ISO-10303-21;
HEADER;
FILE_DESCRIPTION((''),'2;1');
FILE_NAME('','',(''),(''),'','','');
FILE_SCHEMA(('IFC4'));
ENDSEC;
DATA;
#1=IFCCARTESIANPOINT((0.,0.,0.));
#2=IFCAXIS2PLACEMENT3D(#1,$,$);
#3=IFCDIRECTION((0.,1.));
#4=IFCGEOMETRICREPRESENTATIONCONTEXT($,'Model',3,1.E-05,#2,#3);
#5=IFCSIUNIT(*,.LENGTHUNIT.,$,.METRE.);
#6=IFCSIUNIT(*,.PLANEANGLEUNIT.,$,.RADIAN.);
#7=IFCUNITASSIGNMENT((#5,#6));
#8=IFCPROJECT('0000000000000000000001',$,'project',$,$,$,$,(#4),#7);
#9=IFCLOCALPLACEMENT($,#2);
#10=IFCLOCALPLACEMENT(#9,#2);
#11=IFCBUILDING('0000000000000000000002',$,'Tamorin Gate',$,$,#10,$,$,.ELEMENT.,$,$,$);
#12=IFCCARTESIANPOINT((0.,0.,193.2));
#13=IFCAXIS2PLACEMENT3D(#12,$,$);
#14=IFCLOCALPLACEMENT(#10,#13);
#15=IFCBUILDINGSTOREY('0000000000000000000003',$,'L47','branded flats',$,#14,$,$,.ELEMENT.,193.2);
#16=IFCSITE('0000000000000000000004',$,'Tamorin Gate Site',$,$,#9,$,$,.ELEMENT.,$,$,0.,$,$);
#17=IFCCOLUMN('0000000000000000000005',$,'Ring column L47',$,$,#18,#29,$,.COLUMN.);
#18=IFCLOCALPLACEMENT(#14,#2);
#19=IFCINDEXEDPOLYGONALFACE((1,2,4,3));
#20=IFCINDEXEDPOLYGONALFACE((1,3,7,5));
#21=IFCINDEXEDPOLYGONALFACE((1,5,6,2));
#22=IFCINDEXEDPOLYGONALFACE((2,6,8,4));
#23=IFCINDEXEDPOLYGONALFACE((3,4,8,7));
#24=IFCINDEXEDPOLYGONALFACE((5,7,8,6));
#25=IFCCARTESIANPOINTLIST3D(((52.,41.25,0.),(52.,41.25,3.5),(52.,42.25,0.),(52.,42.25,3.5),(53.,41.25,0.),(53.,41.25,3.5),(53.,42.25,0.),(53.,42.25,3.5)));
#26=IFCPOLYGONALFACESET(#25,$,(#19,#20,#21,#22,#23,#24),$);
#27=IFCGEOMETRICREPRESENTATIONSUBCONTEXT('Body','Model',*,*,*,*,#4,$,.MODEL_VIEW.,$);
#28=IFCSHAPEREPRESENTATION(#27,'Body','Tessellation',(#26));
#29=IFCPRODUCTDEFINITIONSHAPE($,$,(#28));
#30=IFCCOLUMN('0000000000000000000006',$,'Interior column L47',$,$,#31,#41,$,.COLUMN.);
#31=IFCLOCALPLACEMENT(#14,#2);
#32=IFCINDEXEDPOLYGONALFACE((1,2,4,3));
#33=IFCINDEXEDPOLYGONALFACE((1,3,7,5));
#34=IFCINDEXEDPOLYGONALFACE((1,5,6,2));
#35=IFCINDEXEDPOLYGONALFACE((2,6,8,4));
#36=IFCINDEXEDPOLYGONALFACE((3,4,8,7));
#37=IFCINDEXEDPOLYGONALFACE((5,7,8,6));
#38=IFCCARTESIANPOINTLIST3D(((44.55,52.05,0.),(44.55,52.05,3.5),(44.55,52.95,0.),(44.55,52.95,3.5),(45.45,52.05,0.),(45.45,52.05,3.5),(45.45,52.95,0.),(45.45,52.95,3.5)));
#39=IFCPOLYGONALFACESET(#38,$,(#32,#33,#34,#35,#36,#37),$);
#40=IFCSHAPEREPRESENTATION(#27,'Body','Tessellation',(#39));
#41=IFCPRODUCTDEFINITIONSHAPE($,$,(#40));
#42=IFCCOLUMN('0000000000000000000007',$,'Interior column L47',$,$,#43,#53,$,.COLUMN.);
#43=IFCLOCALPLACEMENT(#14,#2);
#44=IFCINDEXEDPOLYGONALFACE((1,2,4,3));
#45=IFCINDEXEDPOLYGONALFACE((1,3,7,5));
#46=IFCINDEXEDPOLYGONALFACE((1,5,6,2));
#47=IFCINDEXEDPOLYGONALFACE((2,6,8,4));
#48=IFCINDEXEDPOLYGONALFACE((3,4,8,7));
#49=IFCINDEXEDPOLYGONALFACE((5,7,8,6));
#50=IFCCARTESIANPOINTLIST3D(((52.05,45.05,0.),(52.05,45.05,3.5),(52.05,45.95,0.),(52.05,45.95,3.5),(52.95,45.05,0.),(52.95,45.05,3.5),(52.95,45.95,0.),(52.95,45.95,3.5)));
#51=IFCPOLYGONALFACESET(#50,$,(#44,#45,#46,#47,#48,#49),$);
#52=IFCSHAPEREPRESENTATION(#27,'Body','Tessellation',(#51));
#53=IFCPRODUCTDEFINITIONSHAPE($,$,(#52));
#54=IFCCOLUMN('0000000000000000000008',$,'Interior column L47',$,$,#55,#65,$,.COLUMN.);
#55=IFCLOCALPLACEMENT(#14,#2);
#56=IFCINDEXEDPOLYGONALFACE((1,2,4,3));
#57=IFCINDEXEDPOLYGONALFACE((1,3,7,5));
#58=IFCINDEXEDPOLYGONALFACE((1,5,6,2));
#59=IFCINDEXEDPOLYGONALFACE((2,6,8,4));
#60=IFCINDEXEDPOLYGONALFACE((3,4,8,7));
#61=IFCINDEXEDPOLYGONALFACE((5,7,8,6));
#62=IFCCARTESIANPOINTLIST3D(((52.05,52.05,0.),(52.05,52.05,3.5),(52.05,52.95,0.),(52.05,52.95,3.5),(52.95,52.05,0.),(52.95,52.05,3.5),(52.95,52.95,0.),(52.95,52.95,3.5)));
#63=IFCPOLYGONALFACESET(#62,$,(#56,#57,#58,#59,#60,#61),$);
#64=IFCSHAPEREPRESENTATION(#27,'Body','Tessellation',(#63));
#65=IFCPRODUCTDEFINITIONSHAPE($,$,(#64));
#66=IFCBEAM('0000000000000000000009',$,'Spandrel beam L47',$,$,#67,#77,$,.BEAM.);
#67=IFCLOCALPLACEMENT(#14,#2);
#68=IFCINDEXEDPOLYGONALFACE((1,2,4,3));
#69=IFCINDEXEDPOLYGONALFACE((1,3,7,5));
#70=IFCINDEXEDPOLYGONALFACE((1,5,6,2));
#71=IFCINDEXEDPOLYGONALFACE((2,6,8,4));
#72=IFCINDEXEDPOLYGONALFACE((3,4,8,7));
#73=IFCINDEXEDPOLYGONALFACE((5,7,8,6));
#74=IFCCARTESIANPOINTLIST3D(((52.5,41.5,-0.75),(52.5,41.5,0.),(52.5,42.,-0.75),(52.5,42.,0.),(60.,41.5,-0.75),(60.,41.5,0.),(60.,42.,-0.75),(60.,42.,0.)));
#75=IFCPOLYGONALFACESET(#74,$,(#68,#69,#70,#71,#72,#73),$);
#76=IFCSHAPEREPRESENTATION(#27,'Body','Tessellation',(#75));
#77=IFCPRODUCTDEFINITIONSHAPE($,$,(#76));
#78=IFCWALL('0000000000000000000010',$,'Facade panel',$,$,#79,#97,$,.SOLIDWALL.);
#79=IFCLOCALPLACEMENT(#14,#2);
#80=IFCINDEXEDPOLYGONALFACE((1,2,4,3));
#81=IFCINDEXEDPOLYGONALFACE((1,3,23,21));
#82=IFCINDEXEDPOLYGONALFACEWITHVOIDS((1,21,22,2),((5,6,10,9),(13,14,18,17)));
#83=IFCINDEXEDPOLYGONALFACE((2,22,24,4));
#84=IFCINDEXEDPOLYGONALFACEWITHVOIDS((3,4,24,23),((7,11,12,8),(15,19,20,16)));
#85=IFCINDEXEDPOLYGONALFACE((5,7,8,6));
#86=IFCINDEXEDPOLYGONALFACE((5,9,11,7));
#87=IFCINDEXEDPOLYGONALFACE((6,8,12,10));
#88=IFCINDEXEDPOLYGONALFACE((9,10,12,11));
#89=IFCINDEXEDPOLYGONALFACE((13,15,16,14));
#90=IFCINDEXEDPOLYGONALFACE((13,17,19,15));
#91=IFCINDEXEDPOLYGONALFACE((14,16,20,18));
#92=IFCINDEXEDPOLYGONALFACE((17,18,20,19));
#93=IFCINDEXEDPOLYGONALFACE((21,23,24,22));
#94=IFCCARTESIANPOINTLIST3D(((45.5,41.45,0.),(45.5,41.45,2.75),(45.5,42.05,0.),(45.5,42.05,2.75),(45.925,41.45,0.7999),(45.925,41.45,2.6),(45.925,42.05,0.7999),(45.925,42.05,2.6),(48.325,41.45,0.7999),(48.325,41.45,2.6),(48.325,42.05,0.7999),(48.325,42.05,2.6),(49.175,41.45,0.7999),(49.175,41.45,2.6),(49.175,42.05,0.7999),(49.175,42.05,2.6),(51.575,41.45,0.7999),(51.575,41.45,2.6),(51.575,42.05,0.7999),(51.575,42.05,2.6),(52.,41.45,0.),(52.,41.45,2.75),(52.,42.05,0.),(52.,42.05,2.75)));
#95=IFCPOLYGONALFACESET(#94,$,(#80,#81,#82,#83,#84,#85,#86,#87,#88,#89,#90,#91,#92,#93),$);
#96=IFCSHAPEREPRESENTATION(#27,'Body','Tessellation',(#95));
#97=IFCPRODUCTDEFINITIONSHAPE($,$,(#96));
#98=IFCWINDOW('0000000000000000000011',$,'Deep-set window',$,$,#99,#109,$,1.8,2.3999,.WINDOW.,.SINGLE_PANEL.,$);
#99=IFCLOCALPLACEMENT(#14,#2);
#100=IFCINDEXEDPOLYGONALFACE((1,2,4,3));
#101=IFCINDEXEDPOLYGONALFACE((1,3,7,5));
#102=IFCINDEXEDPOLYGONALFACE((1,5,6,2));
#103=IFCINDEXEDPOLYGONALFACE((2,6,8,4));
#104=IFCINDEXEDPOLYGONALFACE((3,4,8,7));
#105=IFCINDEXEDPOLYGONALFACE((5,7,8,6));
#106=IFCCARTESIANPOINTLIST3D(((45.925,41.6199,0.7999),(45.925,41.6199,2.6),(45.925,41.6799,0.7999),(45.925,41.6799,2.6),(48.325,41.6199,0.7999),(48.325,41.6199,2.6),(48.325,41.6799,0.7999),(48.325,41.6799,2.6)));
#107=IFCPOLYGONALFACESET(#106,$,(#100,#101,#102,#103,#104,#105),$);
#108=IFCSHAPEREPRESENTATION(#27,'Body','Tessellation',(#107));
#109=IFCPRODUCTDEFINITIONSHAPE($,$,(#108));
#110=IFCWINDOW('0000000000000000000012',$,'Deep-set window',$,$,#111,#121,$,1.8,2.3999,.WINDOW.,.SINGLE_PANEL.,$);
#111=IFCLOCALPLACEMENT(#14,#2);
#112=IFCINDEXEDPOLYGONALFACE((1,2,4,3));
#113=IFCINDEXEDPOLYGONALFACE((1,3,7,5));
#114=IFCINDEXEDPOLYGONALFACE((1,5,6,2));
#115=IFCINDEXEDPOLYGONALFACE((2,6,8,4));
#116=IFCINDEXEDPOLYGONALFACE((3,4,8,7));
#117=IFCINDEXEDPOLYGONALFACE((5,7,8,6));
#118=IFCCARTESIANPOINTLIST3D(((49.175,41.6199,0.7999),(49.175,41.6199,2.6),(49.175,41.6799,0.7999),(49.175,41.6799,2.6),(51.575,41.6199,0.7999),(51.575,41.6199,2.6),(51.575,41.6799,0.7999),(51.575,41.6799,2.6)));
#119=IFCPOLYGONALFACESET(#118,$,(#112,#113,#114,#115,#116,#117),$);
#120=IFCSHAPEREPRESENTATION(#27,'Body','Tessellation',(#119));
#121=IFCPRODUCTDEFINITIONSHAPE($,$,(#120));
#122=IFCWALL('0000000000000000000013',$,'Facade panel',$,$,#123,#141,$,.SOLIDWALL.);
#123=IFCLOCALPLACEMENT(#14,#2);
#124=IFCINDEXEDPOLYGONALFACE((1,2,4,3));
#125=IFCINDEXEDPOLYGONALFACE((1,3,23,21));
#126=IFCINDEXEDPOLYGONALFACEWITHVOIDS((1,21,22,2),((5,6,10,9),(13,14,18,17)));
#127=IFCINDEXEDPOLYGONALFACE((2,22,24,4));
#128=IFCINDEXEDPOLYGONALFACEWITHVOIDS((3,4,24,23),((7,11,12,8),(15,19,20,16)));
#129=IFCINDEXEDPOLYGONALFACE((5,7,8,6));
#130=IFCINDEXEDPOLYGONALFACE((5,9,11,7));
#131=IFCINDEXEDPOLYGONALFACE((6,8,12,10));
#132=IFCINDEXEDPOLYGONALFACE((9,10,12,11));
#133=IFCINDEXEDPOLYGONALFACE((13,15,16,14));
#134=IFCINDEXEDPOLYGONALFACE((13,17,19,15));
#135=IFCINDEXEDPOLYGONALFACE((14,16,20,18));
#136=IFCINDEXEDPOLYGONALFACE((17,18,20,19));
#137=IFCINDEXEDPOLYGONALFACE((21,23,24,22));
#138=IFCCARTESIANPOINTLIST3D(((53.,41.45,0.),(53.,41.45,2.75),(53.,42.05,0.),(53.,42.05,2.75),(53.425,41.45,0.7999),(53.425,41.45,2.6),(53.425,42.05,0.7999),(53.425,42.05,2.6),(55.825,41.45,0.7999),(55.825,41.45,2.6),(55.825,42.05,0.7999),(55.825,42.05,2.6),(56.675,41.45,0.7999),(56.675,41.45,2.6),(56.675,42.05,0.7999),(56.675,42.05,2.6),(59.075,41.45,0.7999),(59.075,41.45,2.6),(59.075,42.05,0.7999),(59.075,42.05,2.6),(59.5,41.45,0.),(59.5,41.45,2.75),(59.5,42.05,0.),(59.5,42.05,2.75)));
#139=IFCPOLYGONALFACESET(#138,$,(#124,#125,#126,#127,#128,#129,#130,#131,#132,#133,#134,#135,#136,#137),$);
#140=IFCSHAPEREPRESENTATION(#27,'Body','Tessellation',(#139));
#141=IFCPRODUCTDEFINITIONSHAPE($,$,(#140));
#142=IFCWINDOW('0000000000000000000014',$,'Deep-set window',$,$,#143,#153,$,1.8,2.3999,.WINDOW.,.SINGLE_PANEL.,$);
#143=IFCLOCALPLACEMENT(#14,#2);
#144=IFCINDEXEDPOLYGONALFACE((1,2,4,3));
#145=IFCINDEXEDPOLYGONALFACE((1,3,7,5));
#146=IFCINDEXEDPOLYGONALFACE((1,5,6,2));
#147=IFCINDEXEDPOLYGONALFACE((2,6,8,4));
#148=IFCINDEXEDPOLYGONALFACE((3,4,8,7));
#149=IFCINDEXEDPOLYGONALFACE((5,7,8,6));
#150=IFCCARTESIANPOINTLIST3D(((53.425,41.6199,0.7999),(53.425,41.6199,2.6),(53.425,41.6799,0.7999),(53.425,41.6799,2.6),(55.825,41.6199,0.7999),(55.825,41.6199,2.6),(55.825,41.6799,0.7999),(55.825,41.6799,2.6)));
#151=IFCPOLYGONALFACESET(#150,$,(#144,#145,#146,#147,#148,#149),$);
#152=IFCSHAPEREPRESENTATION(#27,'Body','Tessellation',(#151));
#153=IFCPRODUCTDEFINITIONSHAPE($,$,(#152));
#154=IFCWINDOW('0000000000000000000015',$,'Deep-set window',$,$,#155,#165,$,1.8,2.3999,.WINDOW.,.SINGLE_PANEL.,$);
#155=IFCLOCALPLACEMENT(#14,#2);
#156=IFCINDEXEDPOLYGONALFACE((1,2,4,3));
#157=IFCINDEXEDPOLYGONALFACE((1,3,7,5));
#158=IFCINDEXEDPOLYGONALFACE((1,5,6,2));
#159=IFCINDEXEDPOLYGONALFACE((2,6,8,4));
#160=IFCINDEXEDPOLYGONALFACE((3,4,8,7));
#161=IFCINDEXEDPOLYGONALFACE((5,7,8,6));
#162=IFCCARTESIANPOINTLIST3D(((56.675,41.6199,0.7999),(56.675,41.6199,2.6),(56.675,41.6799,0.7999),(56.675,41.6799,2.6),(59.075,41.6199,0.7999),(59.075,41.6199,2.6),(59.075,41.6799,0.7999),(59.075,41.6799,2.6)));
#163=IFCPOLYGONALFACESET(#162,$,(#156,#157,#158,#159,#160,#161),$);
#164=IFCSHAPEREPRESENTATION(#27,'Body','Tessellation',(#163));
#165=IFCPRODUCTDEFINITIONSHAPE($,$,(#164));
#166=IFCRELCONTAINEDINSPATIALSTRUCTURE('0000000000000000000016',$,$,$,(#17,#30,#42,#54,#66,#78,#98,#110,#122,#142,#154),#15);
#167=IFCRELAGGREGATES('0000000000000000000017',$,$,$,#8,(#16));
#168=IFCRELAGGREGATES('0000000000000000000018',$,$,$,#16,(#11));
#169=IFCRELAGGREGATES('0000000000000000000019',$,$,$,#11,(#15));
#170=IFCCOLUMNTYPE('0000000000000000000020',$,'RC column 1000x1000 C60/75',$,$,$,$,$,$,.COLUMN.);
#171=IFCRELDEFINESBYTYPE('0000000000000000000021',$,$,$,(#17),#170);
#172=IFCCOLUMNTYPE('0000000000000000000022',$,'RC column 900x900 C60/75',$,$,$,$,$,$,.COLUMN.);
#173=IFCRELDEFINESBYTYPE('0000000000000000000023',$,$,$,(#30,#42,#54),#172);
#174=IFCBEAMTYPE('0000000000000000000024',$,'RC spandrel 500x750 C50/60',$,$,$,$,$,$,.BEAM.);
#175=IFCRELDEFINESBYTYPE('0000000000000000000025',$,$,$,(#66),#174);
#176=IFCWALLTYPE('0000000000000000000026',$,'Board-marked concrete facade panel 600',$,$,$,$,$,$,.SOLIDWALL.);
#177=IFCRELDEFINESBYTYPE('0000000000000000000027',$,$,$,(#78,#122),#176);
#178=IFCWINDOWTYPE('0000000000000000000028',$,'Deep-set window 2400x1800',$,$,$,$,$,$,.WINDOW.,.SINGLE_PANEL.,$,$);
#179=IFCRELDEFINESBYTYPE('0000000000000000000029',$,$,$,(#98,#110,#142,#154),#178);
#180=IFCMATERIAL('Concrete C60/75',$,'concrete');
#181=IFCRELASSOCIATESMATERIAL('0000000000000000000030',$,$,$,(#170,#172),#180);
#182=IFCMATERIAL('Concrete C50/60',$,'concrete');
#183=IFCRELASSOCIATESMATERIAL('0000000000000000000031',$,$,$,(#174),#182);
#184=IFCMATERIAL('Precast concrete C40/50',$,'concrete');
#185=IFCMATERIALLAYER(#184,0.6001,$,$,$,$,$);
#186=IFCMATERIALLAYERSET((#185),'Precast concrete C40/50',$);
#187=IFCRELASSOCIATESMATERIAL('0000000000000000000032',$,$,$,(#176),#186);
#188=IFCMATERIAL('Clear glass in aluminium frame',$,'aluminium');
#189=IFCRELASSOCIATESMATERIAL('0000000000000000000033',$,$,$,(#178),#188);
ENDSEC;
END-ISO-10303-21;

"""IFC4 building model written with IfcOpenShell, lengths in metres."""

from ifc_helpers import new_model, si_unit, direction, frame, frame_2d, origin, origin_2d, place, context, subcontext, project, spatial, rectangle, extrude, material, layer, layer_set, material_profile, profile_set, type_object, element, fill, save


model = new_model("IFC4")

# Units and contexts
model_context = context("Model", 3, precision=1e-05, world=origin(), true_north=direction((0.0, 1.0)))
body_context = subcontext(model_context, "Body", "Model", "MODEL_VIEW")
ifc_project = project(units=[si_unit("LENGTHUNIT", "METRE"), si_unit("PLANEANGLEUNIT", "RADIAN")], contexts=[model_context])

# Site, building, storey
site_placement = place(None, origin())
site = spatial("IfcSite", under=ifc_project, at=site_placement, Name="Tamorin Gate Site", CompositionType="ELEMENT", RefElevation=0.0)
building_placement = place(site_placement, origin())
building = spatial("IfcBuilding", under=site, at=building_placement, Name="Tamorin Gate", CompositionType="ELEMENT")
storey_placement = place(building_placement, frame((0.0, 0.0, 193.2)))
storey = spatial("IfcBuildingStorey", under=building, at=storey_placement, Name="L47", Description="branded flats", CompositionType="ELEMENT", Elevation=193.2)

# Columns
ifc_material_1 = material(Name="Concrete C60/75", Category="concrete")
ifc_material_profile_1 = material_profile(ifc_material_1, rectangle(XDim=1.0, YDim=1.0, at=origin_2d()), Name="RC 1000x1000")
ifc_profile_set_1 = profile_set([ifc_material_profile_1], Name="Concrete C60/75")
column_type_1 = type_object("IfcColumnType", Name="RC column 1000x1000 C60/75", PredefinedType="COLUMN", material=ifc_profile_set_1)
column_placement = place(storey_placement, frame((52.5, 41.75, 0.0), z_axis=(0.0, 0.0, 1.0), x_axis=(1.0, 0.0, 0.0)))
element("IfcColumn", 1, at=column_placement, inside=storey, type_object=column_type_1, Name="Ring column L47", PredefinedType="COLUMN", context=body_context, shape_type="SweptSolid", body=[
    extrude(rectangle(XDim=1.0, YDim=1.0, at=origin_2d()), origin(), (0.0, 0.0, 1.0), 3.5),
])
ifc_material_profile_2 = material_profile(ifc_material_1, rectangle(XDim=0.8999, YDim=0.8999, at=origin_2d()), Name="RC 900x900")
ifc_profile_set_2 = profile_set([ifc_material_profile_2], Name="Concrete C60/75")
column_type_2 = type_object("IfcColumnType", Name="RC column 900x900 C60/75", PredefinedType="COLUMN", material=ifc_profile_set_2)
for number, where, z_axis, x_axis, name in (
    (2, (45.0, 52.5, 0.0), (0.0, 0.0, 1.0), (1.0, 0.0, 0.0), "Interior column L47"),
    (3, (52.5, 45.5, 0.0), (0.0, 0.0, 1.0), (1.0, 0.0, 0.0), "Interior column L47"),
    (4, (52.5, 52.5, 0.0), (0.0, 0.0, 1.0), (1.0, 0.0, 0.0), "Interior column L47"),
):
    element("IfcColumn", number, at=place(storey_placement, frame(where, z_axis=z_axis, x_axis=x_axis)), inside=storey, type_object=column_type_2, Name=name, PredefinedType="COLUMN", context=body_context, shape_type="SweptSolid", body=[
        extrude(rectangle(XDim=0.8999, YDim=0.8999, at=origin_2d()), origin(), (0.0, 0.0, 1.0), 3.5),
    ])

# Beam
ifc_material_2 = material(Name="Concrete C50/60", Category="concrete")
ifc_material_profile_3 = material_profile(ifc_material_2, rectangle(XDim=0.5, YDim=0.75, at=origin_2d()), Name="RC 500x750")
ifc_profile_set_3 = profile_set([ifc_material_profile_3], Name="Concrete C50/60")
beam_type = type_object("IfcBeamType", Name="RC spandrel 500x750 C50/60", PredefinedType="BEAM", material=ifc_profile_set_3)
beam_placement = place(storey_placement, frame((52.5, 41.75, -0.375), z_axis=(1.0, 0.0, 0.0), x_axis=(0.0, 1.0, 0.0)))
element("IfcBeam", 5, at=beam_placement, inside=storey, type_object=beam_type, Name="Spandrel beam L47", PredefinedType="BEAM", context=body_context, shape_type="SweptSolid", body=[
    extrude(rectangle(XDim=0.5, YDim=0.75, at=origin_2d()), origin(), (0.0, 0.0, 1.0), 7.5),
])

# Walls, openings, windows
ifc_material_3 = material(Name="Precast concrete C40/50", Category="concrete")
ifc_layer_1 = layer(ifc_material_3, 0.6001)
ifc_layer_set_1 = layer_set([ifc_layer_1], Name="Precast concrete C40/50")
wall_type_1 = type_object("IfcWallType", Name="Board-marked concrete facade panel 600", PredefinedType="SOLIDWALL", material=ifc_layer_set_1)
wall_1_placement = place(storey_placement, frame((45.5, 41.75, 0.0), z_axis=(0.0, 0.0, 1.0), x_axis=(1.0, 0.0, 0.0)))
wall_1 = element("IfcWall", 6, at=wall_1_placement, inside=storey, type_object=wall_type_1, Name="Facade panel", PredefinedType="SOLIDWALL", context=body_context, shape_type="SweptSolid", body=[
    extrude(rectangle(XDim=6.5, YDim=0.6001, at=frame_2d((3.25, 0.0))), origin(), (0.0, 0.0, 1.0), 2.75),
])
opening_1_placement = place(wall_1_placement, frame((0.425, 0.0, 0.8)))
opening_1 = element("IfcOpeningElement", 7, at=opening_1_placement, cuts=wall_1, PredefinedType="OPENING", context=body_context, shape_type="SweptSolid", body=[
    extrude(rectangle(XDim=2.3999, YDim=1.8, at=frame_2d((1.2, 0.8999))), frame((0.0, 0.3101, 0.0), z_axis=(0.0, -1.0, 0.0), x_axis=(1.0, 0.0, 0.0)), (0.0, 0.0, 1.0), 0.6201),
])
opening_2_placement = place(wall_1_placement, frame((3.675, 0.0, 0.8)))
opening_2 = element("IfcOpeningElement", 8, at=opening_2_placement, cuts=wall_1, PredefinedType="OPENING", context=body_context, shape_type="SweptSolid", body=[
    extrude(rectangle(XDim=2.3999, YDim=1.8, at=frame_2d((1.2, 0.8999))), frame((0.0, 0.3101, 0.0), z_axis=(0.0, -1.0, 0.0), x_axis=(1.0, 0.0, 0.0)), (0.0, 0.0, 1.0), 0.6201),
])
ifc_material_4 = material(Name="Clear glass in aluminium frame", Category="aluminium")
window_type = type_object("IfcWindowType", Name="Deep-set window 2400x1800", PartitioningType="SINGLE_PANEL", PredefinedType="WINDOW", material=ifc_material_4)
window_1_placement = place(opening_1_placement, origin())
window_1 = element("IfcWindow", 9, at=window_1_placement, inside=storey, type_object=window_type, Name="Deep-set window", OverallHeight=1.8, OverallWidth=2.3999, PartitioningType="SINGLE_PANEL", PredefinedType="WINDOW", context=body_context, shape_type="SweptSolid", body=[
    extrude(rectangle(XDim=2.3999, YDim=1.8, at=frame_2d((1.2, 0.8999))), frame((0.0, -0.0701, 0.0), z_axis=(0.0, -1.0, 0.0), x_axis=(1.0, 0.0, 0.0)), (0.0, 0.0, 1.0), 0.0601),
])
fill(opening_1, window_1)
window_2_placement = place(opening_2_placement, origin())
window_2 = element("IfcWindow", 10, at=window_2_placement, inside=storey, type_object=window_type, Name="Deep-set window", OverallHeight=1.8, OverallWidth=2.3999, PartitioningType="SINGLE_PANEL", PredefinedType="WINDOW", context=body_context, shape_type="SweptSolid", body=[
    extrude(rectangle(XDim=2.3999, YDim=1.8, at=frame_2d((1.2, 0.8999))), frame((0.0, -0.0701, 0.0), z_axis=(0.0, -1.0, 0.0), x_axis=(1.0, 0.0, 0.0)), (0.0, 0.0, 1.0), 0.0601),
])
fill(opening_2, window_2)
wall_2_placement = place(storey_placement, frame((53.0, 41.75, 0.0), z_axis=(0.0, 0.0, 1.0), x_axis=(1.0, 0.0, 0.0)))
wall_2 = element("IfcWall", 11, at=wall_2_placement, inside=storey, type_object=wall_type_1, Name="Facade panel", PredefinedType="SOLIDWALL", context=body_context, shape_type="SweptSolid", body=[
    extrude(rectangle(XDim=6.5, YDim=0.6001, at=frame_2d((3.25, 0.0))), origin(), (0.0, 0.0, 1.0), 2.75),
])
opening_3_placement = place(wall_2_placement, frame((0.425, 0.0, 0.8)))
opening_3 = element("IfcOpeningElement", 12, at=opening_3_placement, cuts=wall_2, PredefinedType="OPENING", context=body_context, shape_type="SweptSolid", body=[
    extrude(rectangle(XDim=2.3999, YDim=1.8, at=frame_2d((1.2, 0.8999))), frame((0.0, 0.3101, 0.0), z_axis=(0.0, -1.0, 0.0), x_axis=(1.0, 0.0, 0.0)), (0.0, 0.0, 1.0), 0.6201),
])
opening_4_placement = place(wall_2_placement, frame((3.675, 0.0, 0.8)))
opening_4 = element("IfcOpeningElement", 13, at=opening_4_placement, cuts=wall_2, PredefinedType="OPENING", context=body_context, shape_type="SweptSolid", body=[
    extrude(rectangle(XDim=2.3999, YDim=1.8, at=frame_2d((1.2, 0.8999))), frame((0.0, 0.3101, 0.0), z_axis=(0.0, -1.0, 0.0), x_axis=(1.0, 0.0, 0.0)), (0.0, 0.0, 1.0), 0.6201),
])
window_3_placement = place(opening_3_placement, origin())
window_3 = element("IfcWindow", 14, at=window_3_placement, inside=storey, type_object=window_type, Name="Deep-set window", OverallHeight=1.8, OverallWidth=2.3999, PartitioningType="SINGLE_PANEL", PredefinedType="WINDOW", context=body_context, shape_type="SweptSolid", body=[
    extrude(rectangle(XDim=2.3999, YDim=1.8, at=frame_2d((1.2, 0.8999))), frame((0.0, -0.0701, 0.0), z_axis=(0.0, -1.0, 0.0), x_axis=(1.0, 0.0, 0.0)), (0.0, 0.0, 1.0), 0.0601),
])
fill(opening_3, window_3)
window_4_placement = place(opening_4_placement, origin())
window_4 = element("IfcWindow", 15, at=window_4_placement, inside=storey, type_object=window_type, Name="Deep-set window", OverallHeight=1.8, OverallWidth=2.3999, PartitioningType="SINGLE_PANEL", PredefinedType="WINDOW", context=body_context, shape_type="SweptSolid", body=[
    extrude(rectangle(XDim=2.3999, YDim=1.8, at=frame_2d((1.2, 0.8999))), frame((0.0, -0.0701, 0.0), z_axis=(0.0, -1.0, 0.0), x_axis=(1.0, 0.0, 0.0)), (0.0, 0.0, 1.0), 0.0601),
])
fill(opening_4, window_4)

save(model, "model.ifc")
